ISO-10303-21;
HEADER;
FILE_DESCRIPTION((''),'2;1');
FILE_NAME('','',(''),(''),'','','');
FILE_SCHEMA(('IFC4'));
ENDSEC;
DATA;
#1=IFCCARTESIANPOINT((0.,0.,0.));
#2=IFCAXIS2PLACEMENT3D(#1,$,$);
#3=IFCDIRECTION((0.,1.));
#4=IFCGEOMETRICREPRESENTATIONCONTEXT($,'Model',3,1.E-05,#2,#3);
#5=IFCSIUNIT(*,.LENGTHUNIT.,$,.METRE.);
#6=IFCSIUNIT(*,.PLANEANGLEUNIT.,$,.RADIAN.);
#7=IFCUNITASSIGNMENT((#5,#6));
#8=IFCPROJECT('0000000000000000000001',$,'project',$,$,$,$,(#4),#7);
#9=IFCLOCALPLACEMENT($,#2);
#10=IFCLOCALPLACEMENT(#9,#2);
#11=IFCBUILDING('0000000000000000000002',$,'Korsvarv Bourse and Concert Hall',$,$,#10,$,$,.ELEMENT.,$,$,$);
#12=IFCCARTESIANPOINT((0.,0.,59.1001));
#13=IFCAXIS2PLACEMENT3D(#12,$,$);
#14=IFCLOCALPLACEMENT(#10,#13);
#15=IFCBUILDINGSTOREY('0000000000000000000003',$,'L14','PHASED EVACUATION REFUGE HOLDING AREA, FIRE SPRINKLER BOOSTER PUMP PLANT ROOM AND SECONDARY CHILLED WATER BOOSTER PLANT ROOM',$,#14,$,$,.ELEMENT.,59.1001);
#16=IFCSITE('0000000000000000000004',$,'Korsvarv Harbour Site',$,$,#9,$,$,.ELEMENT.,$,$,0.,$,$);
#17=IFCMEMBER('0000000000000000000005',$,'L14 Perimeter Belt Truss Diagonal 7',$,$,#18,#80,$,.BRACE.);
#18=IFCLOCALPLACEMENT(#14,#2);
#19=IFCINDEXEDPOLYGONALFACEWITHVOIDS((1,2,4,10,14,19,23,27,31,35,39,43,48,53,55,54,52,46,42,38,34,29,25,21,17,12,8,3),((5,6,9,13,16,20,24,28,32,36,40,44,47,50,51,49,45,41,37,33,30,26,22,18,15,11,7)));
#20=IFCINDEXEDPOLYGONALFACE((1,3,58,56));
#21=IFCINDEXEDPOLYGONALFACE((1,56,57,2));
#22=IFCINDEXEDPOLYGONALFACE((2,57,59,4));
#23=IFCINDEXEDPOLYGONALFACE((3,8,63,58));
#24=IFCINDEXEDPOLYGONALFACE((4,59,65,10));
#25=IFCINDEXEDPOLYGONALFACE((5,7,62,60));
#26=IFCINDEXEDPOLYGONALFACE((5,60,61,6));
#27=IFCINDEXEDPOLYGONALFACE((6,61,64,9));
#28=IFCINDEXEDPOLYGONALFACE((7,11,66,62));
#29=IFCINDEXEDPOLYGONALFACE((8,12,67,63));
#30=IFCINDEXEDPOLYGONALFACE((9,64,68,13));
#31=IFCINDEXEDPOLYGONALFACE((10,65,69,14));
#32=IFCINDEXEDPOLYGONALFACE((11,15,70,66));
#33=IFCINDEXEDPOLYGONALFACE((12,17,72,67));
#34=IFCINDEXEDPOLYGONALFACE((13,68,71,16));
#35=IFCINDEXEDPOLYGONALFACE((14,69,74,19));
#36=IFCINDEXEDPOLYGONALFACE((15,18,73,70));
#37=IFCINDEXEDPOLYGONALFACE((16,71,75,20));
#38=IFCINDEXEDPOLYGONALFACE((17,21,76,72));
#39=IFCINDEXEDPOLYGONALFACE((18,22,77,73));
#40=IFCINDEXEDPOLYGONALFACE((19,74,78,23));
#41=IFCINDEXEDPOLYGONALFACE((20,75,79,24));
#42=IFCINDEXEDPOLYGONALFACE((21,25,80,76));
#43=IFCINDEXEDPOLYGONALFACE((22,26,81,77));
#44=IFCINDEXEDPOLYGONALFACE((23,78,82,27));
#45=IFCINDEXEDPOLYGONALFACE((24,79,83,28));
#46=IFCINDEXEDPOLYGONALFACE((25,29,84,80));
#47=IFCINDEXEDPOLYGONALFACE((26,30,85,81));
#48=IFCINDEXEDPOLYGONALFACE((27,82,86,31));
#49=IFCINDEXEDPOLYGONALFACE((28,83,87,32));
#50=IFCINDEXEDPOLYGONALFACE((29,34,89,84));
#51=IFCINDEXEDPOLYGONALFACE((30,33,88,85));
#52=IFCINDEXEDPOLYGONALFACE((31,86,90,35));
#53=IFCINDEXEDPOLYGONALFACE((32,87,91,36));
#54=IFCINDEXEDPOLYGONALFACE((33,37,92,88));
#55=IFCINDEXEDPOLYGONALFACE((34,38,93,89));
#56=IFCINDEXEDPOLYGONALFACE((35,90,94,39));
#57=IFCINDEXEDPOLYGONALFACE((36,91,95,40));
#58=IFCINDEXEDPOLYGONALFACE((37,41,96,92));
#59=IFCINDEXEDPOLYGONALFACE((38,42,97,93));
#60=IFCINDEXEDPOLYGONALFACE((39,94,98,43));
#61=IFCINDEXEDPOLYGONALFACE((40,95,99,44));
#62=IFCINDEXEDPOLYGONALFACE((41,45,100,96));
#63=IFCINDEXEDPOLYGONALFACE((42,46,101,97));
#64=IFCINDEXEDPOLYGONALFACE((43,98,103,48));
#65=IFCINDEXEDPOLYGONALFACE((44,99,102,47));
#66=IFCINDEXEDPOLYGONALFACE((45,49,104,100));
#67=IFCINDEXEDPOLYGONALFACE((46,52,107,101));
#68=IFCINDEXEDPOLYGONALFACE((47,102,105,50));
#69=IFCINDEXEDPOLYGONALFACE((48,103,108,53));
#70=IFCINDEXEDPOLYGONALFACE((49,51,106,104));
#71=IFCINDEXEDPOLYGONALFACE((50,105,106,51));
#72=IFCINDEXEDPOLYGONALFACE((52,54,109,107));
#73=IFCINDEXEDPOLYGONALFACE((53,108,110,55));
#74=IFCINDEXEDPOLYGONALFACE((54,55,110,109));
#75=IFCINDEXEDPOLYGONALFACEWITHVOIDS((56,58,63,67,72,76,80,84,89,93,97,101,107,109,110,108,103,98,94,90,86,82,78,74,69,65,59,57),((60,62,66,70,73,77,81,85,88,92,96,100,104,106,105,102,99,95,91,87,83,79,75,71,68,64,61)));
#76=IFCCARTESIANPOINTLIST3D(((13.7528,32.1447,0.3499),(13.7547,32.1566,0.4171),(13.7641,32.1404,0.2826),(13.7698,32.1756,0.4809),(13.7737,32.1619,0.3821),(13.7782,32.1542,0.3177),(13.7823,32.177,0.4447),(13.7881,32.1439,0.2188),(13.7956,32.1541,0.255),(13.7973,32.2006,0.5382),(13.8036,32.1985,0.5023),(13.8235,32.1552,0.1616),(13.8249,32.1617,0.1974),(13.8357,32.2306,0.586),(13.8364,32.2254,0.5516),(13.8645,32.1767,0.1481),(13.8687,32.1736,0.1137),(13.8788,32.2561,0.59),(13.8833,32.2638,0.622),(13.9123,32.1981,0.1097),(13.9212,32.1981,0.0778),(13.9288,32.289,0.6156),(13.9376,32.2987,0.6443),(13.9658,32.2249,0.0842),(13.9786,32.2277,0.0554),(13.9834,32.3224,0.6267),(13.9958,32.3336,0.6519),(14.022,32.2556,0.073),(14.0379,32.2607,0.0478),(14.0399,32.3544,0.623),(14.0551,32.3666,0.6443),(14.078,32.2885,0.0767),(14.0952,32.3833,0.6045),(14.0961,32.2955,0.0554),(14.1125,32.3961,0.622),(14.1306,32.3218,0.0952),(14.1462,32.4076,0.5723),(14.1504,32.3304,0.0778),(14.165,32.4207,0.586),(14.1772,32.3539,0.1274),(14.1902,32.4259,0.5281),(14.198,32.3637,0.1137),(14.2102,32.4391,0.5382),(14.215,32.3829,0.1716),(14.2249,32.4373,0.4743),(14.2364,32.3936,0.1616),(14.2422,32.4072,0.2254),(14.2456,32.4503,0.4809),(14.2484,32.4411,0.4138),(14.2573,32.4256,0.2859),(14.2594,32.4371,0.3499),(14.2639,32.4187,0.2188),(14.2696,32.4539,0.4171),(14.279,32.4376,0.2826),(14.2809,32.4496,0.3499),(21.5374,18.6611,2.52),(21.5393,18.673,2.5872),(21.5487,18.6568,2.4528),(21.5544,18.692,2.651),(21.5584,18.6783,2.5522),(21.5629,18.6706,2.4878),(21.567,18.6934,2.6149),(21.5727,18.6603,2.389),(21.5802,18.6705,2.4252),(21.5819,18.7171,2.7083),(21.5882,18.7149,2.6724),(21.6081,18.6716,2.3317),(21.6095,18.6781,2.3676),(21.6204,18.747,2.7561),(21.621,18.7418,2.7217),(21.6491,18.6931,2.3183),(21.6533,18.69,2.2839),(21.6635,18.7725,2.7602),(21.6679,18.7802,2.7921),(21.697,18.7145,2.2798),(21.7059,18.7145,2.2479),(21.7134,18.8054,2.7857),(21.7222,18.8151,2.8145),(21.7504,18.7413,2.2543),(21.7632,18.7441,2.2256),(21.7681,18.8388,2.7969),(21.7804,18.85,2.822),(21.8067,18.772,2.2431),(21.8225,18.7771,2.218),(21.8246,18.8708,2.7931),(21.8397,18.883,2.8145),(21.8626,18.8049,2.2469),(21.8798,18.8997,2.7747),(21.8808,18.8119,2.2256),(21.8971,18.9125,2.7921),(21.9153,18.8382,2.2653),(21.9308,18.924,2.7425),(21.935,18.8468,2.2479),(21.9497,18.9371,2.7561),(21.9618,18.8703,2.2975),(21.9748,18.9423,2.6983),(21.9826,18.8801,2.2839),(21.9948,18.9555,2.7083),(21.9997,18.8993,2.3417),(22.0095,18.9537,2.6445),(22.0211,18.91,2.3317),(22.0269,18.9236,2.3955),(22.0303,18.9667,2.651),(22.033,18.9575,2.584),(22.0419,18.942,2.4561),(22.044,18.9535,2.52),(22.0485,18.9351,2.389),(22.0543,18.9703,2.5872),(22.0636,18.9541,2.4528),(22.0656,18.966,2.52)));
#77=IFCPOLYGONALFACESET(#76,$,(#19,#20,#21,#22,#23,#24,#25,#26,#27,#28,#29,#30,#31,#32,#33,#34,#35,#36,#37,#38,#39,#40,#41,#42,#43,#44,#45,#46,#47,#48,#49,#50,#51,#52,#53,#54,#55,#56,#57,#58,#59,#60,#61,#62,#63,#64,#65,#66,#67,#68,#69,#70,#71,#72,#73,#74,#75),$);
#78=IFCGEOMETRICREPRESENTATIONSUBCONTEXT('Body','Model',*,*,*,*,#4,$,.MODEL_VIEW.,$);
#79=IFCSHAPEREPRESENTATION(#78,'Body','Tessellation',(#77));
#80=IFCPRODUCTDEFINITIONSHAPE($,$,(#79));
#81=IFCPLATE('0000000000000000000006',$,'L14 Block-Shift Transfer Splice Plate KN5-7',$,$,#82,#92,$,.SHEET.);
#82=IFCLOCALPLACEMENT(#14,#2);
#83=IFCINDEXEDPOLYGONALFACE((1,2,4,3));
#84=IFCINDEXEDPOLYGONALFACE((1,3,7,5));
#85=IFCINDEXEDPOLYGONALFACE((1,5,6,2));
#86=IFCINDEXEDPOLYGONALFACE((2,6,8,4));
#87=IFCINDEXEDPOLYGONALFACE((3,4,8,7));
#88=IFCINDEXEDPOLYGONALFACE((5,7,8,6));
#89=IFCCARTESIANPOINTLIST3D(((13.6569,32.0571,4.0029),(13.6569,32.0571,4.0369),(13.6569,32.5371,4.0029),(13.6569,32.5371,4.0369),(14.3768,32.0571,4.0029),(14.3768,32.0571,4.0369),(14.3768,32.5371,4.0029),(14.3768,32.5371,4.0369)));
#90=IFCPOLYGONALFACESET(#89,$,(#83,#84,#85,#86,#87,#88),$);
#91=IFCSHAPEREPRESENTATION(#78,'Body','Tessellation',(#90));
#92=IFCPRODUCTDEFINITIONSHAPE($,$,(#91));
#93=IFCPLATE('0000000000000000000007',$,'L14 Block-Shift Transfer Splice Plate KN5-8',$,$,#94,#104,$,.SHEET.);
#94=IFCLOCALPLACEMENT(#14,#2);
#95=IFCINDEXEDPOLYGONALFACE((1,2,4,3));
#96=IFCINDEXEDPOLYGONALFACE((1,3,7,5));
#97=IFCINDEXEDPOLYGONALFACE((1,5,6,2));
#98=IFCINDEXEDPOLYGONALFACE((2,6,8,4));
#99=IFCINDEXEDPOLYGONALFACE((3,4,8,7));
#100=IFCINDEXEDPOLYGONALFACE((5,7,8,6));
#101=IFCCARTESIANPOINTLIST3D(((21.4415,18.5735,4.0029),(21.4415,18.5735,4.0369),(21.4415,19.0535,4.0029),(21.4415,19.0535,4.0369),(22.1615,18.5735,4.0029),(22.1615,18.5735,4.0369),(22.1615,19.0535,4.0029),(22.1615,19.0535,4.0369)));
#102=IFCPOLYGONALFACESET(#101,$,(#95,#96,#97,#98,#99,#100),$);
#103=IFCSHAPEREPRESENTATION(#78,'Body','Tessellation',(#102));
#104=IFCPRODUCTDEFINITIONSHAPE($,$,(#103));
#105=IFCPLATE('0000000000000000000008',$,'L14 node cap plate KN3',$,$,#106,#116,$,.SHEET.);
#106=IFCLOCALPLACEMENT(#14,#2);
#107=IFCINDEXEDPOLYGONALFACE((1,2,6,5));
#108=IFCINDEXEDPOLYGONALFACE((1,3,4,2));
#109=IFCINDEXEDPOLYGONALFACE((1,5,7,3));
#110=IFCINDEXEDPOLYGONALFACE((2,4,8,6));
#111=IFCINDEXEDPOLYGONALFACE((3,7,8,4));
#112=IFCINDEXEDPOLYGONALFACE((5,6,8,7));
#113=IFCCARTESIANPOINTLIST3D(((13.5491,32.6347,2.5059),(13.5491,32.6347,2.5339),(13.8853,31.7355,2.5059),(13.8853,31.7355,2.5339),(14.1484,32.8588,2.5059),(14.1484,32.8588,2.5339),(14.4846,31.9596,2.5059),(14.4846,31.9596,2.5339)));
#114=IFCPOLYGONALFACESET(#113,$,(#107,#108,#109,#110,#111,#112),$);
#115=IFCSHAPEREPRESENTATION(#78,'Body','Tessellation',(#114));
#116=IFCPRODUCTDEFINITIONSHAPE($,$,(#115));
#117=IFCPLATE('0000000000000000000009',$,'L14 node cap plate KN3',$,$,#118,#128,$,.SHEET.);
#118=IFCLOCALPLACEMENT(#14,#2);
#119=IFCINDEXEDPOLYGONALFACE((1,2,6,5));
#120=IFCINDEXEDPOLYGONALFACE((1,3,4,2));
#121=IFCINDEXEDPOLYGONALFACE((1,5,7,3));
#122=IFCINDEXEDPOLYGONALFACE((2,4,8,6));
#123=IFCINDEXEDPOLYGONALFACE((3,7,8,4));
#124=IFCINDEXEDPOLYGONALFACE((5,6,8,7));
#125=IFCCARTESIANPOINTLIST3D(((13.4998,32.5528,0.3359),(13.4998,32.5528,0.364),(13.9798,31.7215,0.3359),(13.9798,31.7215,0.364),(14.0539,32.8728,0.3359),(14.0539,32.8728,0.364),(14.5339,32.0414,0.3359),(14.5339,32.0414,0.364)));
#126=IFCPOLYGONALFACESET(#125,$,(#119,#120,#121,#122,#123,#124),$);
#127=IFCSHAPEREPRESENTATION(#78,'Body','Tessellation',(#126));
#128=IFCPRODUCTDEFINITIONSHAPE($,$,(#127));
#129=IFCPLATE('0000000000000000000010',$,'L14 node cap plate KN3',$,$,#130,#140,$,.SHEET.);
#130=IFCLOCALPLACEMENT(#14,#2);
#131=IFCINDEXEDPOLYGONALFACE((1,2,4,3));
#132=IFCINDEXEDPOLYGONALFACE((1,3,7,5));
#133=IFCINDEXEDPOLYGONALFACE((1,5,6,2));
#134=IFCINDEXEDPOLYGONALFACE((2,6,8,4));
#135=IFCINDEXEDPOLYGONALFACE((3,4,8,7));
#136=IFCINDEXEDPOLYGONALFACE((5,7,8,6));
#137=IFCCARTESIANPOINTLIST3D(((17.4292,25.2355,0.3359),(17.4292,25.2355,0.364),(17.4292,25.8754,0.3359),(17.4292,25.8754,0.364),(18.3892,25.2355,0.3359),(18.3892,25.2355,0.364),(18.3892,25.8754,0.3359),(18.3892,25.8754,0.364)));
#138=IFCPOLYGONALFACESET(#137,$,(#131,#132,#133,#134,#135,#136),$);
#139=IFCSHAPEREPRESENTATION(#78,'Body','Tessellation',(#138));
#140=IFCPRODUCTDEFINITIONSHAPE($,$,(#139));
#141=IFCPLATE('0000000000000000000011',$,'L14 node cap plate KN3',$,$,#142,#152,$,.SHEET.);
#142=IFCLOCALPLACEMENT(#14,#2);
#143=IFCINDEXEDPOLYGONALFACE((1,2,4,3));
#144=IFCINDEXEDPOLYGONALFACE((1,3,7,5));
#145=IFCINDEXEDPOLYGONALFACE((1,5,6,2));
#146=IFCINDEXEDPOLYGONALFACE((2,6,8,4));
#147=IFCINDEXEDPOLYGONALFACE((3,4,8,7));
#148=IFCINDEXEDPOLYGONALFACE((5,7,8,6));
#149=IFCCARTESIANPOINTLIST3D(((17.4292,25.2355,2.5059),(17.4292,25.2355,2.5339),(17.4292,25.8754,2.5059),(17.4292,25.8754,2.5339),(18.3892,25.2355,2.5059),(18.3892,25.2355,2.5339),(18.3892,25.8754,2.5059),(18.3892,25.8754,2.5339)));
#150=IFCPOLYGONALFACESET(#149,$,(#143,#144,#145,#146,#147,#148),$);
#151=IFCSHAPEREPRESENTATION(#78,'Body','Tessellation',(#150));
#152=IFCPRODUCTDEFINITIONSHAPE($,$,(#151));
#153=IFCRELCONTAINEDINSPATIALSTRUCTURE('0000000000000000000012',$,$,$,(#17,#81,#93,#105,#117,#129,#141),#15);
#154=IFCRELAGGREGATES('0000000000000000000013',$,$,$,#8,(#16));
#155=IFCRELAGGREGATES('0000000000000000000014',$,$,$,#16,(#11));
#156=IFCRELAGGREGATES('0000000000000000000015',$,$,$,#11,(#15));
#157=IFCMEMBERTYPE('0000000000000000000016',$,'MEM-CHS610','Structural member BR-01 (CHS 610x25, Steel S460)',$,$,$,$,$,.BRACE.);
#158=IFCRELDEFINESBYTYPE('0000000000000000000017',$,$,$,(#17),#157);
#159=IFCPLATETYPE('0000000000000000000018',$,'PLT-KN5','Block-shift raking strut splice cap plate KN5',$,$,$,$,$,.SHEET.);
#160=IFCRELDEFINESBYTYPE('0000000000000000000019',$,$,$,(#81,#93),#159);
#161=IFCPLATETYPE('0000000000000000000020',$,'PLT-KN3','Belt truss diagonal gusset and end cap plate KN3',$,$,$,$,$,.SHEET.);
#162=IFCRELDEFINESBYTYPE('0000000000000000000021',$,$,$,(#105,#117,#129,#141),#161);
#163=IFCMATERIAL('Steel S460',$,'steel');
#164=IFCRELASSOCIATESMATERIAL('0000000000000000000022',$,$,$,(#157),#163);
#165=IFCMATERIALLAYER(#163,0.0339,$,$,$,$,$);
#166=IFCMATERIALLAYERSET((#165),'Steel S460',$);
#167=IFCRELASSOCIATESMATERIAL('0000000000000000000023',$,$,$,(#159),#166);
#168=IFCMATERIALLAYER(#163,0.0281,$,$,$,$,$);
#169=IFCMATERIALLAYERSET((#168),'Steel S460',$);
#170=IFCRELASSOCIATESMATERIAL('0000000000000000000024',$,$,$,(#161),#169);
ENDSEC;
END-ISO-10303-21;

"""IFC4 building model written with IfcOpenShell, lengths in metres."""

from ifc_helpers import new_model, si_unit, direction, frame, origin, origin_2d, place, context, subcontext, project, spatial, rectangle, hollow_circle, extrude, source, transform, mapped, material, layer, layer_set, material_profile, profile_set, type_object, element, save


model = new_model("IFC4")

# Units and contexts
model_context = context("Model", 3, precision=1e-05, world=origin(), true_north=direction((0.0, 1.0)))
body_context = subcontext(model_context, "Body", "Model", "MODEL_VIEW")
ifc_project = project(units=[si_unit("LENGTHUNIT", "METRE"), si_unit("PLANEANGLEUNIT", "RADIAN")], contexts=[model_context])

# Site, building, storey
site_placement = place(None, origin())
site = spatial("IfcSite", under=ifc_project, at=site_placement, Name="Korsvarv Harbour Site", CompositionType="ELEMENT", RefElevation=0.0)
building_placement = place(site_placement, origin())
building = spatial("IfcBuilding", under=site, at=building_placement, Name="Korsvarv Bourse and Concert Hall", CompositionType="ELEMENT")
storey_placement = place(building_placement, frame((0.0, 0.0, 59.1001)))
storey = spatial("IfcBuildingStorey", under=building, at=storey_placement, Name="L14", Description="PHASED EVACUATION REFUGE HOLDING AREA, FIRE SPRINKLER BOOSTER PUMP PLANT ROOM AND SECONDARY CHILLED WATER BOOSTER PLANT ROOM", CompositionType="ELEMENT", Elevation=59.1001)

# Shared definitions
ifc_material_1 = material(Name="Steel S460", Category="steel")

# Member
ifc_material_profile_1 = material_profile(ifc_material_1, hollow_circle(Radius=0.3049, WallThickness=0.0249, at=origin_2d()), Name="CHS 610x25")
ifc_profile_set_1 = profile_set([ifc_material_profile_1], Name="Steel S460")
member_type_1 = type_object("IfcMemberType", Name="MEM-CHS610", Description="Structural member BR-01 (CHS 610x25, Steel S460)", PredefinedType="BRACE", material=ifc_profile_set_1)
shared_shape_1 = source(origin(), body_context, "Body", "SweptSolid", [
    extrude(hollow_circle(Radius=0.3049, WallThickness=0.0249, at=origin_2d()), origin(), (0.0, 0.0, 1.0), 15.72),
])
member_1_placement = place(storey_placement, frame((14.0168, 32.2971, 0.3499), z_axis=(0.495207, -0.857737, 0.138051), x_axis=(0.866029, 0.499994, 0.0)))
element("IfcMember", 1, at=member_1_placement, inside=storey, type_object=member_type_1, Name="L14 Perimeter Belt Truss Diagonal 7", PredefinedType="BRACE", context=body_context, shape_type="MappedRepresentation", body=[
    mapped(shared_shape_1, transform((0.0, 0.0, 0.0), scale=1.0)),
])

# Plates
ifc_layer_1 = layer(ifc_material_1, 0.0339)
ifc_layer_set_1 = layer_set([ifc_layer_1], Name="Steel S460")
plate_type_1 = type_object("IfcPlateType", Name="PLT-KN5", Description="Block-shift raking strut splice cap plate KN5", PredefinedType="SHEET", material=ifc_layer_set_1)
shared_shape_2 = source(origin(), body_context, "Body", "SweptSolid", [
    extrude(rectangle(XDim=0.72, YDim=0.48, at=origin_2d()), origin(), (0.0, 0.0, 1.0), 0.0339),
])
for number, where, z_axis, x_axis, name in (
    (2, (14.0168, 32.2971, 4.0029), (0.0, 0.0, 1.0), (1.0, 0.0, 0.0), "L14 Block-Shift Transfer Splice Plate KN5-7"),
    (3, (21.8015, 18.8135, 4.0029), (0.0, 0.0, 1.0), (1.0, 0.0, 0.0), "L14 Block-Shift Transfer Splice Plate KN5-8"),
):
    element("IfcPlate", number, at=place(storey_placement, frame(where, z_axis=z_axis, x_axis=x_axis)), inside=storey, type_object=plate_type_1, Name=name, PredefinedType="SHEET", context=body_context, shape_type="MappedRepresentation", body=[
        mapped(shared_shape_2, transform((0.0, 0.0, 0.0), scale=1.0)),
    ])
ifc_layer_2 = layer(ifc_material_1, 0.0281)
ifc_layer_set_2 = layer_set([ifc_layer_2], Name="Steel S460")
plate_type_2 = type_object("IfcPlateType", Name="PLT-KN3", Description="Belt truss diagonal gusset and end cap plate KN3", PredefinedType="SHEET", material=ifc_layer_set_2)
shared_shape_3 = source(origin(), body_context, "Body", "SweptSolid", [
    extrude(rectangle(XDim=0.96, YDim=0.6399, at=origin_2d()), origin(), (0.0, 0.0, 1.0), 0.0281),
])
for number, where, z_axis, x_axis, name in (
    (4, (14.0168, 32.2971, 2.5059), (0.0, 0.0, 1.0), (-0.350207, 0.936672, 0.0), "L14 node cap plate KN3"),
    (5, (14.0168, 32.2971, 0.3359), (0.0, 0.0, 1.0), (-0.5, 0.866025, 0.0), "L14 node cap plate KN3"),
    (6, (17.9092, 25.5554, 0.3359), (0.0, 0.0, 1.0), (1.0, 0.0, 0.0), "L14 node cap plate KN3"),
    (7, (17.9092, 25.5554, 2.5059), (0.0, 0.0, 1.0), (1.0, 0.0, 0.0), "L14 node cap plate KN3"),
):
    element("IfcPlate", number, at=place(storey_placement, frame(where, z_axis=z_axis, x_axis=x_axis)), inside=storey, type_object=plate_type_2, Name=name, PredefinedType="SHEET", context=body_context, shape_type="MappedRepresentation", body=[
        mapped(shared_shape_3, transform((0.0, 0.0, 0.0), scale=1.0)),
    ])

save(model, "model.ifc")
